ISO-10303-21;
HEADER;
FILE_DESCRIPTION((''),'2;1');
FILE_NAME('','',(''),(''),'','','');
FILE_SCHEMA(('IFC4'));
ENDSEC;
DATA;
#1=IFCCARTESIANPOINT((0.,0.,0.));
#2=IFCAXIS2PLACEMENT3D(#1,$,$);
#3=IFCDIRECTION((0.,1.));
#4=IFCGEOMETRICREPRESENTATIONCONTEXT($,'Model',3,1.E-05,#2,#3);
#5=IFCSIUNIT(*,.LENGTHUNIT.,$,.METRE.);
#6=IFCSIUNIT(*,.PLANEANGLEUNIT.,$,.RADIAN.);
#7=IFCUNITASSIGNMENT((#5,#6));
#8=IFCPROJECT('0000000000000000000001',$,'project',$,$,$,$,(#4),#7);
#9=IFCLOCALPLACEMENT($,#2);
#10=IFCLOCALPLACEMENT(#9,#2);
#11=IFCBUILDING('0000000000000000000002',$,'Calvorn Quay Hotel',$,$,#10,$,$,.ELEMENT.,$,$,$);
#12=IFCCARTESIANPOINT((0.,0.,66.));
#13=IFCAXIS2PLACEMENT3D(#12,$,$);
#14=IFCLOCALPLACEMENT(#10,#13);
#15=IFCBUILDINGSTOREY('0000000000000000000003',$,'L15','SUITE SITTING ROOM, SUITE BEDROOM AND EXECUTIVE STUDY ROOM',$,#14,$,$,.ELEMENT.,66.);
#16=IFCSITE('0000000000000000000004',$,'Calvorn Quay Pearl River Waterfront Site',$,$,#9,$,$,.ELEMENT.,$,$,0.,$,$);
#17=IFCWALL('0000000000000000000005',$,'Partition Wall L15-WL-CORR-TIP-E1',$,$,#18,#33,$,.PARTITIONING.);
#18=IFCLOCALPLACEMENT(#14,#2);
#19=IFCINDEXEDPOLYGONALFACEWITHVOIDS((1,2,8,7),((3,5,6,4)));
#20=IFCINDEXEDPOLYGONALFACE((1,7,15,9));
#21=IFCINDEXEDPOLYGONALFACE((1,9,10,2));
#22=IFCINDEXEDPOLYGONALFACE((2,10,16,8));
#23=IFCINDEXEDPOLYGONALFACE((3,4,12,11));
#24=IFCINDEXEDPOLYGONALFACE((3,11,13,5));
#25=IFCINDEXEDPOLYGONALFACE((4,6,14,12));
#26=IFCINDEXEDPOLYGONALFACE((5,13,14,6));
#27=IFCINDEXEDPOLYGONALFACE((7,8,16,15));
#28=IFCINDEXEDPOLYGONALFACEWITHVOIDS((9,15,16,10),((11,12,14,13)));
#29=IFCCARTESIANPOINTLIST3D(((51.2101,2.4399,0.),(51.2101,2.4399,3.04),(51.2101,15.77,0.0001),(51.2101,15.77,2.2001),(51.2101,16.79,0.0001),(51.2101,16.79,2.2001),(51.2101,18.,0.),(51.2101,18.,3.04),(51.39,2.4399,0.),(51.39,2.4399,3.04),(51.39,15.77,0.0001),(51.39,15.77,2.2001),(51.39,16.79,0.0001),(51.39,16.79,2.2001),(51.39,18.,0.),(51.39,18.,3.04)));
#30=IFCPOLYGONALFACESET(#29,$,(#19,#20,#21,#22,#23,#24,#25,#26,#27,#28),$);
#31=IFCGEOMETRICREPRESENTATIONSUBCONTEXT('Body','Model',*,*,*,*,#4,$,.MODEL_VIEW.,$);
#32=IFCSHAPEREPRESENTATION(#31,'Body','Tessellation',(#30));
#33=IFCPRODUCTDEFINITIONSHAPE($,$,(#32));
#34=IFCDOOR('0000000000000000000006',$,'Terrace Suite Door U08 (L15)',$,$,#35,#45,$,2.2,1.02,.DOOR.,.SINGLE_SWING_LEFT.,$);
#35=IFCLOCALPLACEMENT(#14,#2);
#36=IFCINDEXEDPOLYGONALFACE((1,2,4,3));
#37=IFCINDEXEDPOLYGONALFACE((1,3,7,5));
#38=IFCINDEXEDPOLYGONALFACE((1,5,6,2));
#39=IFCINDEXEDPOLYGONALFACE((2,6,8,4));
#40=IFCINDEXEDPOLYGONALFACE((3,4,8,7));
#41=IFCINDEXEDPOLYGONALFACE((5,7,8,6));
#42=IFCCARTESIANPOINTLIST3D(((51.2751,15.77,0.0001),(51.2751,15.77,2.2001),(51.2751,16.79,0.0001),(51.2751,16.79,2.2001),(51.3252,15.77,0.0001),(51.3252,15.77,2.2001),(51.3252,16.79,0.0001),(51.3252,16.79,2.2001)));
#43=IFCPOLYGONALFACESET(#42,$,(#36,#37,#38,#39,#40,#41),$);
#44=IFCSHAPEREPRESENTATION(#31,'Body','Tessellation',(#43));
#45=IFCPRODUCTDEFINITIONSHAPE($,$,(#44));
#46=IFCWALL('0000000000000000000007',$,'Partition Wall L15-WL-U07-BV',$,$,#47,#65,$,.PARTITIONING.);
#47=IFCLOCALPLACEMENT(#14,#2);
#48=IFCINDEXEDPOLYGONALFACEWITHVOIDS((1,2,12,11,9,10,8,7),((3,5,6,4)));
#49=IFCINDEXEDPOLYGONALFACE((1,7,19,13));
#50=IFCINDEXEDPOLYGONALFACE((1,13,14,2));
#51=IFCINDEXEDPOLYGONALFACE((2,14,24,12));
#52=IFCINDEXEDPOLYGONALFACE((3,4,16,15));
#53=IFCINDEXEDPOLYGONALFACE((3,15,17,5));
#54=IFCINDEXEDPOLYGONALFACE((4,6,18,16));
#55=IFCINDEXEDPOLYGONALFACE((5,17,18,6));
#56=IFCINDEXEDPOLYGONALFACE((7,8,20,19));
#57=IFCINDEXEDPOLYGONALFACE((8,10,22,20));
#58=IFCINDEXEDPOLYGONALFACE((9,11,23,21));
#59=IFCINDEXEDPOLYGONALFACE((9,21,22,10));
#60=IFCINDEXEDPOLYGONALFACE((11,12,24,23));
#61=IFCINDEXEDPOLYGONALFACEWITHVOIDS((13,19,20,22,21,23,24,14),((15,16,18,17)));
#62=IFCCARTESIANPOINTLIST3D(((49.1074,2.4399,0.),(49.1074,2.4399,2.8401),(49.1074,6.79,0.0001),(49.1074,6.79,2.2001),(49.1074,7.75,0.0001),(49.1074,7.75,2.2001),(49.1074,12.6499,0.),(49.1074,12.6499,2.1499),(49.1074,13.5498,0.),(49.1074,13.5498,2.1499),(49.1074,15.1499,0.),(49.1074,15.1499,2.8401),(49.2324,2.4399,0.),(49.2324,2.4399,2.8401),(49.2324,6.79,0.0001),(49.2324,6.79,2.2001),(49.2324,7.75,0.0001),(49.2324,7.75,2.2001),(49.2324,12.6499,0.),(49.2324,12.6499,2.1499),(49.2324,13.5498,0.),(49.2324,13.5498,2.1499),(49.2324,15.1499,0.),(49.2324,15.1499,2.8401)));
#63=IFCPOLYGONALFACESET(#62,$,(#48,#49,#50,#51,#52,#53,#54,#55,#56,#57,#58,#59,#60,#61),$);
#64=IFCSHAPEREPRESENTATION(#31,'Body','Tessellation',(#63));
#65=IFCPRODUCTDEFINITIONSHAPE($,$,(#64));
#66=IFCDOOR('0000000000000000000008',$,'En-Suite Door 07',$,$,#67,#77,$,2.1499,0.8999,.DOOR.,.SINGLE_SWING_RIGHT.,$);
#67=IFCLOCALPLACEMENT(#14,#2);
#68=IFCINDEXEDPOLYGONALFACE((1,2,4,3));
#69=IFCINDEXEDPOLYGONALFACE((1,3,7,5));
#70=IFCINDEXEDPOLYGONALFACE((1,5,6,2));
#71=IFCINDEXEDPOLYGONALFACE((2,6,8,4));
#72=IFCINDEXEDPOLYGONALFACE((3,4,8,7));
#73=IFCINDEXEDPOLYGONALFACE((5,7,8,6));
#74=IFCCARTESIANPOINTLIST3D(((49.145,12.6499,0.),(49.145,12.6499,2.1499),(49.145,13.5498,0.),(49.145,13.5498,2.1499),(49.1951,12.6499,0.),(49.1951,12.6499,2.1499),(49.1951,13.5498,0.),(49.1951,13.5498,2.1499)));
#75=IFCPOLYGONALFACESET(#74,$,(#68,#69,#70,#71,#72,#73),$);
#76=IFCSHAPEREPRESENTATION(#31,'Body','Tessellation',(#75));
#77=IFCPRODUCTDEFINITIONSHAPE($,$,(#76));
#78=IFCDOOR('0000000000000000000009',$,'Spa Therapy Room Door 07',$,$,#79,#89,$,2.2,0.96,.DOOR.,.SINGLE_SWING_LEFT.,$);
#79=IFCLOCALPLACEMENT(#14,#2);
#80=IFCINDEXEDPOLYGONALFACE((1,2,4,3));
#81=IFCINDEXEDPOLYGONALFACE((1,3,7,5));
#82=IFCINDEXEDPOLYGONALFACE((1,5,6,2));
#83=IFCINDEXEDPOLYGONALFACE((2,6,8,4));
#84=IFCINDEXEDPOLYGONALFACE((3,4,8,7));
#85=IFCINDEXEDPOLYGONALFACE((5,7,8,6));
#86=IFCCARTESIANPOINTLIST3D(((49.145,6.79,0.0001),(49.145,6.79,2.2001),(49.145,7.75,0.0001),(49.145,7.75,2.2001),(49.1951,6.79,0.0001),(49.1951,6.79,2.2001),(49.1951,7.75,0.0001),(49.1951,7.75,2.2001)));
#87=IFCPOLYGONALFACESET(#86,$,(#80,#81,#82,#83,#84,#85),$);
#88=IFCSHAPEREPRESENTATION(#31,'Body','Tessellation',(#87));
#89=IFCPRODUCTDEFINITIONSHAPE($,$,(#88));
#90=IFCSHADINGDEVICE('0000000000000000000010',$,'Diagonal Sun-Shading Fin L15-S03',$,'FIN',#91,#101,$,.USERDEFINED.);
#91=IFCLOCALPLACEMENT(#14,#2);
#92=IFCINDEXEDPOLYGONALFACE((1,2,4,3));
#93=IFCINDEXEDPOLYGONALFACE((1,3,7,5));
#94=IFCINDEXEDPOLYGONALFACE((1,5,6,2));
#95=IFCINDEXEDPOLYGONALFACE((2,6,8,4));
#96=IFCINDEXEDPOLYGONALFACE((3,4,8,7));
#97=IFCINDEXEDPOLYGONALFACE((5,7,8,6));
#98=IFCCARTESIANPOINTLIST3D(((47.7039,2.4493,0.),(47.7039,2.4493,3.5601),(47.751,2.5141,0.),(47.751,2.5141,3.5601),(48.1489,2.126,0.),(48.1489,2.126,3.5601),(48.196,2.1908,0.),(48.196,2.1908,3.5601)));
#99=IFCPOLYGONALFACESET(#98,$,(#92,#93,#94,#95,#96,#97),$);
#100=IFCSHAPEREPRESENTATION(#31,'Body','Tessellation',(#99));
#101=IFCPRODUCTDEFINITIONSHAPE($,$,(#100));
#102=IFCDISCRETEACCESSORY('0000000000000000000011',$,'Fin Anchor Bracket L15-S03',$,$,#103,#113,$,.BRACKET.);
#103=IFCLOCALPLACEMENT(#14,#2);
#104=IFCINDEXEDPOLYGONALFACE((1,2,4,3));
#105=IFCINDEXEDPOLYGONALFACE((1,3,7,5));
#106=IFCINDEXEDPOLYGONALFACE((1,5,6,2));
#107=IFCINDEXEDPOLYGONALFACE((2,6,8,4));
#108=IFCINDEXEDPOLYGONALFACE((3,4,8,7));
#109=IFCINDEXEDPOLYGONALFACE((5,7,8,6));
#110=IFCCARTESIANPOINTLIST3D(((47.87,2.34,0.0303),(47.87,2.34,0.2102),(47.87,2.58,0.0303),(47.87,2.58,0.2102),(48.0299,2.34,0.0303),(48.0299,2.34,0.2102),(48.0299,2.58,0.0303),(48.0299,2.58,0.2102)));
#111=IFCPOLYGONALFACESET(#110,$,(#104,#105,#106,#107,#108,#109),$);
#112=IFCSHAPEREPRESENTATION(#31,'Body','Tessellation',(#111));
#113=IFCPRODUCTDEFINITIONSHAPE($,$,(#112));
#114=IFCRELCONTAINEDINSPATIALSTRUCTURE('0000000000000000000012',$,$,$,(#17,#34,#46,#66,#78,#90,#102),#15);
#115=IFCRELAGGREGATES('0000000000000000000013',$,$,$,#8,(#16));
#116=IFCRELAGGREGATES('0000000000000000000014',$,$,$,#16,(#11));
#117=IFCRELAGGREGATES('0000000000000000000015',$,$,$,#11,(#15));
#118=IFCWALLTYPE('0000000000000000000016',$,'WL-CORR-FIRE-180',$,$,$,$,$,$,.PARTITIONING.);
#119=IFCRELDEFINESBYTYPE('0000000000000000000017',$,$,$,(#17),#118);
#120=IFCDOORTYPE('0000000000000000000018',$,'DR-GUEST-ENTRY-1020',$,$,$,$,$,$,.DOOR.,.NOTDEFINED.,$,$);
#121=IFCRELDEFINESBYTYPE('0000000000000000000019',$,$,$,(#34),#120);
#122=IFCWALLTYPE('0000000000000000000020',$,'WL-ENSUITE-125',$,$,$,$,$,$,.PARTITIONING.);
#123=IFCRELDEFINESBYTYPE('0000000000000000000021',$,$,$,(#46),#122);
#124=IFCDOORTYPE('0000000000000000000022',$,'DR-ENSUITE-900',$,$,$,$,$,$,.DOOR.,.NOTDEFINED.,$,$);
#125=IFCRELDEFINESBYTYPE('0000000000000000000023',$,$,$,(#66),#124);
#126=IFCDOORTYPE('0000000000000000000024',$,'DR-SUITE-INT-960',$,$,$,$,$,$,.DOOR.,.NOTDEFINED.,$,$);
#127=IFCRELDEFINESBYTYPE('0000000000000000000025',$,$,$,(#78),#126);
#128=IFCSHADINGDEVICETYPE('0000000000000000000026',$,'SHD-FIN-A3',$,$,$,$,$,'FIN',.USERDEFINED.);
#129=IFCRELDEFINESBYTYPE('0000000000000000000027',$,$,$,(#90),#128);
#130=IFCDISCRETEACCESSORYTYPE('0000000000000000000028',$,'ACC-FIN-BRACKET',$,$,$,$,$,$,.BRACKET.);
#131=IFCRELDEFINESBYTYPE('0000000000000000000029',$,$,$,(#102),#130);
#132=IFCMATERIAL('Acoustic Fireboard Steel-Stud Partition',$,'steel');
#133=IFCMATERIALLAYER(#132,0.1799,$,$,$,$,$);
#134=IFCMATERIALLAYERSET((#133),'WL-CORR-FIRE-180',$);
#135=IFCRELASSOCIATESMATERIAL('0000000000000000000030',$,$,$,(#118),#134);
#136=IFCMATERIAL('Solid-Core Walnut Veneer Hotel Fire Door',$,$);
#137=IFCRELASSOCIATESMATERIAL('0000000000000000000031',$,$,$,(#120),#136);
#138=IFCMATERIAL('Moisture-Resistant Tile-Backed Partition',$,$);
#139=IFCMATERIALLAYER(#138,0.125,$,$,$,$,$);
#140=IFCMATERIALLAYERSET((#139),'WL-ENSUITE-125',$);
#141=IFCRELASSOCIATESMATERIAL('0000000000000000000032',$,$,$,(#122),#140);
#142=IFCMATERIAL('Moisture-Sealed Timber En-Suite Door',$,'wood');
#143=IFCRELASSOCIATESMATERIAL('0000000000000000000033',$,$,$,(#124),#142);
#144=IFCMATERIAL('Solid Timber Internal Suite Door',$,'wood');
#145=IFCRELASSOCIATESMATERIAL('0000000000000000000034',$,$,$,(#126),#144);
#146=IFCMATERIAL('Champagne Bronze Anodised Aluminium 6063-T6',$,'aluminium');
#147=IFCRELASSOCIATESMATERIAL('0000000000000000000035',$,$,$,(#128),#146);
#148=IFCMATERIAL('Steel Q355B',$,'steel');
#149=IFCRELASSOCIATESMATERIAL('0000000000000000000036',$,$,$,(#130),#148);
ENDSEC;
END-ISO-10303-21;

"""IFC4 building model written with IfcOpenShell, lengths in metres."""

from ifc_helpers import new_model, si_unit, direction, frame, frame_2d, origin, origin_2d, place, context, subcontext, project, spatial, rectangle, extrude, material, layer, layer_set, type_object, element, fill, save


model = new_model("IFC4")

# Units and contexts
model_context = context("Model", 3, precision=1e-05, world=origin(), true_north=direction((0.0, 1.0)))
body_context = subcontext(model_context, "Body", "Model", "MODEL_VIEW")
ifc_project = project(units=[si_unit("LENGTHUNIT", "METRE"), si_unit("PLANEANGLEUNIT", "RADIAN")], contexts=[model_context])

# Site, building, storey
site_placement = place(None, origin())
site = spatial("IfcSite", under=ifc_project, at=site_placement, Name="Calvorn Quay Pearl River Waterfront Site", CompositionType="ELEMENT", RefElevation=0.0)
building_placement = place(site_placement, origin())
building = spatial("IfcBuilding", under=site, at=building_placement, Name="Calvorn Quay Hotel", CompositionType="ELEMENT")
storey_placement = place(building_placement, frame((0.0, 0.0, 66.0)))
storey = spatial("IfcBuildingStorey", under=building, at=storey_placement, Name="L15", Description="SUITE SITTING ROOM, SUITE BEDROOM AND EXECUTIVE STUDY ROOM", CompositionType="ELEMENT", Elevation=66.0)

# Wall, opening, door
ifc_material_1 = material(Name="Acoustic Fireboard Steel-Stud Partition", Category="steel")
ifc_layer_1 = layer(ifc_material_1, 0.1799)
ifc_layer_set_1 = layer_set([ifc_layer_1], Name="WL-CORR-FIRE-180")
wall_type_1 = type_object("IfcWallType", Name="WL-CORR-FIRE-180", PredefinedType="PARTITIONING", material=ifc_layer_set_1)
wall_1_placement = place(storey_placement, frame((51.3, 2.4399, 0.0), z_axis=(0.0, 0.0, 1.0), x_axis=(0.0, 1.0, 0.0)))
wall_1 = element("IfcWall", 1, at=wall_1_placement, inside=storey, type_object=wall_type_1, Name="Partition Wall L15-WL-CORR-TIP-E1", PredefinedType="PARTITIONING", context=body_context, shape_type="SweptSolid", body=[
    extrude(rectangle(XDim=15.5601, YDim=0.1799, at=frame_2d((7.78, 0.0))), origin(), (0.0, 0.0, 1.0), 3.04),
])
opening_1_placement = place(wall_1_placement, frame((13.3301, 0.0, 0.0)))
opening_1 = element("IfcOpeningElement", 2, at=opening_1_placement, cuts=wall_1, PredefinedType="OPENING", context=body_context, shape_type="SweptSolid", body=[
    extrude(rectangle(XDim=1.02, YDim=2.2, at=frame_2d((0.51, 1.1001))), frame((0.0, 0.0999, 0.0), z_axis=(0.0, -1.0, 0.0), x_axis=(1.0, 0.0, 0.0)), (0.0, 0.0, 1.0), 0.2),
])
ifc_material_2 = material(Name="Solid-Core Walnut Veneer Hotel Fire Door")
door_type_1 = type_object("IfcDoorType", Name="DR-GUEST-ENTRY-1020", OperationType="NOTDEFINED", PredefinedType="DOOR", material=ifc_material_2)
door_1_placement = place(opening_1_placement, origin())
door_1 = element("IfcDoor", 3, at=door_1_placement, inside=storey, type_object=door_type_1, Name="Terrace Suite Door U08 (L15)", OperationType="SINGLE_SWING_LEFT", OverallHeight=2.2, OverallWidth=1.02, PredefinedType="DOOR", context=body_context, shape_type="SweptSolid", body=[
    extrude(rectangle(XDim=1.02, YDim=2.2, at=frame_2d((0.51, 1.1001))), frame((0.0, 0.0249, 0.0), z_axis=(0.0, -1.0, 0.0), x_axis=(1.0, 0.0, 0.0)), (0.0, 0.0, 1.0), 0.05),
])
fill(opening_1, door_1)

# Wall, openings, doors
ifc_material_3 = material(Name="Moisture-Resistant Tile-Backed Partition")
ifc_layer_2 = layer(ifc_material_3, 0.125)
ifc_layer_set_2 = layer_set([ifc_layer_2], Name="WL-ENSUITE-125")
wall_type_2 = type_object("IfcWallType", Name="WL-ENSUITE-125", PredefinedType="PARTITIONING", material=ifc_layer_set_2)
wall_2_placement = place(storey_placement, frame((49.1699, 2.4399, 0.0), z_axis=(0.0, 0.0, 1.0), x_axis=(0.0, 1.0, 0.0)))
wall_2 = element("IfcWall", 4, at=wall_2_placement, inside=storey, type_object=wall_type_2, Name="Partition Wall L15-WL-U07-BV", PredefinedType="PARTITIONING", context=body_context, shape_type="SweptSolid", body=[
    extrude(rectangle(XDim=12.71, YDim=0.125, at=frame_2d((6.355, 0.0))), origin(), (0.0, 0.0, 1.0), 2.8401),
])
opening_2_placement = place(wall_2_placement, frame((4.3501, 0.0, 0.0)))
opening_2 = element("IfcOpeningElement", 5, at=opening_2_placement, cuts=wall_2, PredefinedType="OPENING", context=body_context, shape_type="SweptSolid", body=[
    extrude(rectangle(XDim=0.96, YDim=2.2, at=frame_2d((0.48, 1.1001))), frame((0.0, 0.0725, 0.0), z_axis=(0.0, -1.0, 0.0), x_axis=(1.0, 0.0, 0.0)), (0.0, 0.0, 1.0), 0.145),
])
opening_3_placement = place(wall_2_placement, frame((10.21, 0.0, 0.0)))
opening_3 = element("IfcOpeningElement", 6, at=opening_3_placement, cuts=wall_2, PredefinedType="OPENING", context=body_context, shape_type="SweptSolid", body=[
    extrude(rectangle(XDim=0.8999, YDim=2.1499, at=frame_2d((0.45, 1.075))), frame((0.0, 0.0725, 0.0), z_axis=(0.0, -1.0, 0.0), x_axis=(1.0, 0.0, 0.0)), (0.0, 0.0, 1.0), 0.145),
])
ifc_material_4 = material(Name="Moisture-Sealed Timber En-Suite Door", Category="wood")
door_type_2 = type_object("IfcDoorType", Name="DR-ENSUITE-900", OperationType="NOTDEFINED", PredefinedType="DOOR", material=ifc_material_4)
door_2_placement = place(opening_3_placement, origin())
door_2 = element("IfcDoor", 7, at=door_2_placement, inside=storey, type_object=door_type_2, Name="En-Suite Door 07", OperationType="SINGLE_SWING_RIGHT", OverallHeight=2.1499, OverallWidth=0.8999, PredefinedType="DOOR", context=body_context, shape_type="SweptSolid", body=[
    extrude(rectangle(XDim=0.8999, YDim=2.1499, at=frame_2d((0.45, 1.075))), frame((0.0, 0.0249, 0.0), z_axis=(0.0, -1.0, 0.0), x_axis=(1.0, 0.0, 0.0)), (0.0, 0.0, 1.0), 0.05),
])
fill(opening_3, door_2)
ifc_material_5 = material(Name="Solid Timber Internal Suite Door", Category="wood")
door_type_3 = type_object("IfcDoorType", Name="DR-SUITE-INT-960", OperationType="NOTDEFINED", PredefinedType="DOOR", material=ifc_material_5)
door_3_placement = place(opening_2_placement, origin())
door_3 = element("IfcDoor", 8, at=door_3_placement, inside=storey, type_object=door_type_3, Name="Spa Therapy Room Door 07", OperationType="SINGLE_SWING_LEFT", OverallHeight=2.2, OverallWidth=0.96, PredefinedType="DOOR", context=body_context, shape_type="SweptSolid", body=[
    extrude(rectangle(XDim=0.96, YDim=2.2, at=frame_2d((0.48, 1.1001))), frame((0.0, 0.0249, 0.0), z_axis=(0.0, -1.0, 0.0), x_axis=(1.0, 0.0, 0.0)), (0.0, 0.0, 1.0), 0.05),
])
fill(opening_2, door_3)

# Shading device
ifc_material_6 = material(Name="Champagne Bronze Anodised Aluminium 6063-T6", Category="aluminium")
shading_device_type = type_object("IfcShadingDeviceType", Name="SHD-FIN-A3", ElementType="FIN", PredefinedType="USERDEFINED", material=ifc_material_6)
shading_device_placement = place(storey_placement, frame((47.95, 2.3201, 0.0), z_axis=(0.0, 0.0, 1.0), x_axis=(-0.809017, 0.587785, 0.0)))
element("IfcShadingDevice", 9, at=shading_device_placement, inside=storey, type_object=shading_device_type, Name="Diagonal Sun-Shading Fin L15-S03", ObjectType="FIN", PredefinedType="USERDEFINED", context=body_context, shape_type="SweptSolid", body=[
    extrude(rectangle(XDim=0.55, YDim=0.0801, at=origin_2d()), origin(), (0.0, 0.0, 1.0), 3.5601),
])

# Discrete accessory
ifc_material_7 = material(Name="Steel Q355B", Category="steel")
discrete_accessory_type = type_object("IfcDiscreteAccessoryType", Name="ACC-FIN-BRACKET", PredefinedType="BRACKET", material=ifc_material_7)
discrete_accessory_placement = place(storey_placement, frame((47.95, 2.46, 0.0303), z_axis=(0.0, 0.0, 1.0), x_axis=(0.0, 1.0, 0.0)))
element("IfcDiscreteAccessory", 10, at=discrete_accessory_placement, inside=storey, type_object=discrete_accessory_type, Name="Fin Anchor Bracket L15-S03", PredefinedType="BRACKET", context=body_context, shape_type="SweptSolid", body=[
    extrude(rectangle(XDim=0.24, YDim=0.1599, at=origin_2d()), origin(), (0.0, 0.0, 1.0), 0.1799),
])

save(model, "model.ifc")
